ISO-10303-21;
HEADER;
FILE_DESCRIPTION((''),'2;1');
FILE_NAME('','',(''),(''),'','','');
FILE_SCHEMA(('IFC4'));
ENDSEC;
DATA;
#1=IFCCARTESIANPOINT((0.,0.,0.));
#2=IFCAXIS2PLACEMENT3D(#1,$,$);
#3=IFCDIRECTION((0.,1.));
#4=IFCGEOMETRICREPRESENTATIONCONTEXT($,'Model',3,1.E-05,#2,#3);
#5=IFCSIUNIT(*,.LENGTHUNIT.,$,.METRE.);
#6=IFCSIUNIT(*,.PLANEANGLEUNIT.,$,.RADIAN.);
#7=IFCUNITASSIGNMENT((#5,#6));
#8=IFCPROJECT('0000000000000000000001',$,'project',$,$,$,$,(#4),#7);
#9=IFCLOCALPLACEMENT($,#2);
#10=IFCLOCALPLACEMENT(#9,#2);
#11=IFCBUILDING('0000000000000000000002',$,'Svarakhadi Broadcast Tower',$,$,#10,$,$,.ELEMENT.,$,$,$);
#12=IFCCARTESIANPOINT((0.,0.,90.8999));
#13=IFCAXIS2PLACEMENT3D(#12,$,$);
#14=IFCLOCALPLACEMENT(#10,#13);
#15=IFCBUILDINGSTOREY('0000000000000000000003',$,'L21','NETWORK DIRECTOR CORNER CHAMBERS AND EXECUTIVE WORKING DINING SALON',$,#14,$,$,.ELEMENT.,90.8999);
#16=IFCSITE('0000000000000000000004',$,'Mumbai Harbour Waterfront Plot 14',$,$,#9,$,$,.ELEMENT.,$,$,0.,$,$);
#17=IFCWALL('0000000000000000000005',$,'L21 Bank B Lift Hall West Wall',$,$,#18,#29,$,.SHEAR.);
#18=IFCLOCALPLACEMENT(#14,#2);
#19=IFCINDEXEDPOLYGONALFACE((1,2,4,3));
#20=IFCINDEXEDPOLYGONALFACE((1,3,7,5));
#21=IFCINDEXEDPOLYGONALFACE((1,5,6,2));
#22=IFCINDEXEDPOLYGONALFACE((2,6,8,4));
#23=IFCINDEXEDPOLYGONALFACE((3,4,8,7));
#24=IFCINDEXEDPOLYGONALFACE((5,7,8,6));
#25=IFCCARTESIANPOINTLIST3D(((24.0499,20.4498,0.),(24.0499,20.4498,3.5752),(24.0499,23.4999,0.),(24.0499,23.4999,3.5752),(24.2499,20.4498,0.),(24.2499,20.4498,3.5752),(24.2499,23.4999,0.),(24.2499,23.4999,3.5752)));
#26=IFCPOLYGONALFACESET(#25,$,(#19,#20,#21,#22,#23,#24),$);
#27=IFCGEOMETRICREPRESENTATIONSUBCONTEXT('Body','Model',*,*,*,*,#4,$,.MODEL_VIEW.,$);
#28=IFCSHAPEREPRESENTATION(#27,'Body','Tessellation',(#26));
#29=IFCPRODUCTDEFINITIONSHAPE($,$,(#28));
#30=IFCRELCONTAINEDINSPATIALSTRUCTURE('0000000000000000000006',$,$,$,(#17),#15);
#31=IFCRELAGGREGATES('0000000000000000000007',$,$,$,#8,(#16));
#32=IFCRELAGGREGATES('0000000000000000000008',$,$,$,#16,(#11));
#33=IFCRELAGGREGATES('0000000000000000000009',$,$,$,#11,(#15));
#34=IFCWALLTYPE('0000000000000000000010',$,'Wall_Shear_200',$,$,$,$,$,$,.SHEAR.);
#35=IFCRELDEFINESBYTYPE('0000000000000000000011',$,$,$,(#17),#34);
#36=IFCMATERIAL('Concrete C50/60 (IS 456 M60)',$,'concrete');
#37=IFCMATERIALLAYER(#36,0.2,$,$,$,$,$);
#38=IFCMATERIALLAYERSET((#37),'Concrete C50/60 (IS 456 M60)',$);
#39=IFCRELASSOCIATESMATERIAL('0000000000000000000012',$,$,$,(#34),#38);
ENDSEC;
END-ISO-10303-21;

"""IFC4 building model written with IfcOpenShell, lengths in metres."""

from ifc_helpers import new_model, si_unit, direction, frame, frame_2d, origin, place, context, subcontext, project, spatial, rectangle, extrude, material, layer, layer_set, type_object, element, save


model = new_model("IFC4")

# Units and contexts
model_context = context("Model", 3, precision=1e-05, world=origin(), true_north=direction((0.0, 1.0)))
body_context = subcontext(model_context, "Body", "Model", "MODEL_VIEW")
ifc_project = project(units=[si_unit("LENGTHUNIT", "METRE"), si_unit("PLANEANGLEUNIT", "RADIAN")], contexts=[model_context])

# Site, building, storey
site_placement = place(None, origin())
site = spatial("IfcSite", under=ifc_project, at=site_placement, Name="Mumbai Harbour Waterfront Plot 14", CompositionType="ELEMENT", RefElevation=0.0)
building_placement = place(site_placement, origin())
building = spatial("IfcBuilding", under=site, at=building_placement, Name="Svarakhadi Broadcast Tower", CompositionType="ELEMENT")
storey_placement = place(building_placement, frame((0.0, 0.0, 90.8999)))
storey = spatial("IfcBuildingStorey", under=building, at=storey_placement, Name="L21", Description="NETWORK DIRECTOR CORNER CHAMBERS AND EXECUTIVE WORKING DINING SALON", CompositionType="ELEMENT", Elevation=90.8999)

# Shared definitions
ifc_material_1 = material(Name="Concrete C50/60 (IS 456 M60)", Category="concrete")
ifc_layer_1 = layer(ifc_material_1, 0.2)
ifc_layer_set_1 = layer_set([ifc_layer_1], Name="Concrete C50/60 (IS 456 M60)")
wall_type_1 = type_object("IfcWallType", Name="Wall_Shear_200", PredefinedType="SHEAR", material=ifc_layer_set_1)

# Wall
wall_1_placement = place(storey_placement, frame((24.1499, 20.45, 0.0), z_axis=(0.0, 0.0, 1.0), x_axis=(0.0, 1.0, 0.0)))
element("IfcWall", 1, at=wall_1_placement, inside=storey, type_object=wall_type_1, Name="L21 Bank B Lift Hall West Wall", PredefinedType="SHEAR", context=body_context, shape_type="SweptSolid", body=[
    extrude(rectangle(XDim=3.05, YDim=0.2, at=frame_2d((1.5249, 0.0))), origin(), (0.0, 0.0, 1.0), 3.5752),
])

save(model, "model.ifc")
